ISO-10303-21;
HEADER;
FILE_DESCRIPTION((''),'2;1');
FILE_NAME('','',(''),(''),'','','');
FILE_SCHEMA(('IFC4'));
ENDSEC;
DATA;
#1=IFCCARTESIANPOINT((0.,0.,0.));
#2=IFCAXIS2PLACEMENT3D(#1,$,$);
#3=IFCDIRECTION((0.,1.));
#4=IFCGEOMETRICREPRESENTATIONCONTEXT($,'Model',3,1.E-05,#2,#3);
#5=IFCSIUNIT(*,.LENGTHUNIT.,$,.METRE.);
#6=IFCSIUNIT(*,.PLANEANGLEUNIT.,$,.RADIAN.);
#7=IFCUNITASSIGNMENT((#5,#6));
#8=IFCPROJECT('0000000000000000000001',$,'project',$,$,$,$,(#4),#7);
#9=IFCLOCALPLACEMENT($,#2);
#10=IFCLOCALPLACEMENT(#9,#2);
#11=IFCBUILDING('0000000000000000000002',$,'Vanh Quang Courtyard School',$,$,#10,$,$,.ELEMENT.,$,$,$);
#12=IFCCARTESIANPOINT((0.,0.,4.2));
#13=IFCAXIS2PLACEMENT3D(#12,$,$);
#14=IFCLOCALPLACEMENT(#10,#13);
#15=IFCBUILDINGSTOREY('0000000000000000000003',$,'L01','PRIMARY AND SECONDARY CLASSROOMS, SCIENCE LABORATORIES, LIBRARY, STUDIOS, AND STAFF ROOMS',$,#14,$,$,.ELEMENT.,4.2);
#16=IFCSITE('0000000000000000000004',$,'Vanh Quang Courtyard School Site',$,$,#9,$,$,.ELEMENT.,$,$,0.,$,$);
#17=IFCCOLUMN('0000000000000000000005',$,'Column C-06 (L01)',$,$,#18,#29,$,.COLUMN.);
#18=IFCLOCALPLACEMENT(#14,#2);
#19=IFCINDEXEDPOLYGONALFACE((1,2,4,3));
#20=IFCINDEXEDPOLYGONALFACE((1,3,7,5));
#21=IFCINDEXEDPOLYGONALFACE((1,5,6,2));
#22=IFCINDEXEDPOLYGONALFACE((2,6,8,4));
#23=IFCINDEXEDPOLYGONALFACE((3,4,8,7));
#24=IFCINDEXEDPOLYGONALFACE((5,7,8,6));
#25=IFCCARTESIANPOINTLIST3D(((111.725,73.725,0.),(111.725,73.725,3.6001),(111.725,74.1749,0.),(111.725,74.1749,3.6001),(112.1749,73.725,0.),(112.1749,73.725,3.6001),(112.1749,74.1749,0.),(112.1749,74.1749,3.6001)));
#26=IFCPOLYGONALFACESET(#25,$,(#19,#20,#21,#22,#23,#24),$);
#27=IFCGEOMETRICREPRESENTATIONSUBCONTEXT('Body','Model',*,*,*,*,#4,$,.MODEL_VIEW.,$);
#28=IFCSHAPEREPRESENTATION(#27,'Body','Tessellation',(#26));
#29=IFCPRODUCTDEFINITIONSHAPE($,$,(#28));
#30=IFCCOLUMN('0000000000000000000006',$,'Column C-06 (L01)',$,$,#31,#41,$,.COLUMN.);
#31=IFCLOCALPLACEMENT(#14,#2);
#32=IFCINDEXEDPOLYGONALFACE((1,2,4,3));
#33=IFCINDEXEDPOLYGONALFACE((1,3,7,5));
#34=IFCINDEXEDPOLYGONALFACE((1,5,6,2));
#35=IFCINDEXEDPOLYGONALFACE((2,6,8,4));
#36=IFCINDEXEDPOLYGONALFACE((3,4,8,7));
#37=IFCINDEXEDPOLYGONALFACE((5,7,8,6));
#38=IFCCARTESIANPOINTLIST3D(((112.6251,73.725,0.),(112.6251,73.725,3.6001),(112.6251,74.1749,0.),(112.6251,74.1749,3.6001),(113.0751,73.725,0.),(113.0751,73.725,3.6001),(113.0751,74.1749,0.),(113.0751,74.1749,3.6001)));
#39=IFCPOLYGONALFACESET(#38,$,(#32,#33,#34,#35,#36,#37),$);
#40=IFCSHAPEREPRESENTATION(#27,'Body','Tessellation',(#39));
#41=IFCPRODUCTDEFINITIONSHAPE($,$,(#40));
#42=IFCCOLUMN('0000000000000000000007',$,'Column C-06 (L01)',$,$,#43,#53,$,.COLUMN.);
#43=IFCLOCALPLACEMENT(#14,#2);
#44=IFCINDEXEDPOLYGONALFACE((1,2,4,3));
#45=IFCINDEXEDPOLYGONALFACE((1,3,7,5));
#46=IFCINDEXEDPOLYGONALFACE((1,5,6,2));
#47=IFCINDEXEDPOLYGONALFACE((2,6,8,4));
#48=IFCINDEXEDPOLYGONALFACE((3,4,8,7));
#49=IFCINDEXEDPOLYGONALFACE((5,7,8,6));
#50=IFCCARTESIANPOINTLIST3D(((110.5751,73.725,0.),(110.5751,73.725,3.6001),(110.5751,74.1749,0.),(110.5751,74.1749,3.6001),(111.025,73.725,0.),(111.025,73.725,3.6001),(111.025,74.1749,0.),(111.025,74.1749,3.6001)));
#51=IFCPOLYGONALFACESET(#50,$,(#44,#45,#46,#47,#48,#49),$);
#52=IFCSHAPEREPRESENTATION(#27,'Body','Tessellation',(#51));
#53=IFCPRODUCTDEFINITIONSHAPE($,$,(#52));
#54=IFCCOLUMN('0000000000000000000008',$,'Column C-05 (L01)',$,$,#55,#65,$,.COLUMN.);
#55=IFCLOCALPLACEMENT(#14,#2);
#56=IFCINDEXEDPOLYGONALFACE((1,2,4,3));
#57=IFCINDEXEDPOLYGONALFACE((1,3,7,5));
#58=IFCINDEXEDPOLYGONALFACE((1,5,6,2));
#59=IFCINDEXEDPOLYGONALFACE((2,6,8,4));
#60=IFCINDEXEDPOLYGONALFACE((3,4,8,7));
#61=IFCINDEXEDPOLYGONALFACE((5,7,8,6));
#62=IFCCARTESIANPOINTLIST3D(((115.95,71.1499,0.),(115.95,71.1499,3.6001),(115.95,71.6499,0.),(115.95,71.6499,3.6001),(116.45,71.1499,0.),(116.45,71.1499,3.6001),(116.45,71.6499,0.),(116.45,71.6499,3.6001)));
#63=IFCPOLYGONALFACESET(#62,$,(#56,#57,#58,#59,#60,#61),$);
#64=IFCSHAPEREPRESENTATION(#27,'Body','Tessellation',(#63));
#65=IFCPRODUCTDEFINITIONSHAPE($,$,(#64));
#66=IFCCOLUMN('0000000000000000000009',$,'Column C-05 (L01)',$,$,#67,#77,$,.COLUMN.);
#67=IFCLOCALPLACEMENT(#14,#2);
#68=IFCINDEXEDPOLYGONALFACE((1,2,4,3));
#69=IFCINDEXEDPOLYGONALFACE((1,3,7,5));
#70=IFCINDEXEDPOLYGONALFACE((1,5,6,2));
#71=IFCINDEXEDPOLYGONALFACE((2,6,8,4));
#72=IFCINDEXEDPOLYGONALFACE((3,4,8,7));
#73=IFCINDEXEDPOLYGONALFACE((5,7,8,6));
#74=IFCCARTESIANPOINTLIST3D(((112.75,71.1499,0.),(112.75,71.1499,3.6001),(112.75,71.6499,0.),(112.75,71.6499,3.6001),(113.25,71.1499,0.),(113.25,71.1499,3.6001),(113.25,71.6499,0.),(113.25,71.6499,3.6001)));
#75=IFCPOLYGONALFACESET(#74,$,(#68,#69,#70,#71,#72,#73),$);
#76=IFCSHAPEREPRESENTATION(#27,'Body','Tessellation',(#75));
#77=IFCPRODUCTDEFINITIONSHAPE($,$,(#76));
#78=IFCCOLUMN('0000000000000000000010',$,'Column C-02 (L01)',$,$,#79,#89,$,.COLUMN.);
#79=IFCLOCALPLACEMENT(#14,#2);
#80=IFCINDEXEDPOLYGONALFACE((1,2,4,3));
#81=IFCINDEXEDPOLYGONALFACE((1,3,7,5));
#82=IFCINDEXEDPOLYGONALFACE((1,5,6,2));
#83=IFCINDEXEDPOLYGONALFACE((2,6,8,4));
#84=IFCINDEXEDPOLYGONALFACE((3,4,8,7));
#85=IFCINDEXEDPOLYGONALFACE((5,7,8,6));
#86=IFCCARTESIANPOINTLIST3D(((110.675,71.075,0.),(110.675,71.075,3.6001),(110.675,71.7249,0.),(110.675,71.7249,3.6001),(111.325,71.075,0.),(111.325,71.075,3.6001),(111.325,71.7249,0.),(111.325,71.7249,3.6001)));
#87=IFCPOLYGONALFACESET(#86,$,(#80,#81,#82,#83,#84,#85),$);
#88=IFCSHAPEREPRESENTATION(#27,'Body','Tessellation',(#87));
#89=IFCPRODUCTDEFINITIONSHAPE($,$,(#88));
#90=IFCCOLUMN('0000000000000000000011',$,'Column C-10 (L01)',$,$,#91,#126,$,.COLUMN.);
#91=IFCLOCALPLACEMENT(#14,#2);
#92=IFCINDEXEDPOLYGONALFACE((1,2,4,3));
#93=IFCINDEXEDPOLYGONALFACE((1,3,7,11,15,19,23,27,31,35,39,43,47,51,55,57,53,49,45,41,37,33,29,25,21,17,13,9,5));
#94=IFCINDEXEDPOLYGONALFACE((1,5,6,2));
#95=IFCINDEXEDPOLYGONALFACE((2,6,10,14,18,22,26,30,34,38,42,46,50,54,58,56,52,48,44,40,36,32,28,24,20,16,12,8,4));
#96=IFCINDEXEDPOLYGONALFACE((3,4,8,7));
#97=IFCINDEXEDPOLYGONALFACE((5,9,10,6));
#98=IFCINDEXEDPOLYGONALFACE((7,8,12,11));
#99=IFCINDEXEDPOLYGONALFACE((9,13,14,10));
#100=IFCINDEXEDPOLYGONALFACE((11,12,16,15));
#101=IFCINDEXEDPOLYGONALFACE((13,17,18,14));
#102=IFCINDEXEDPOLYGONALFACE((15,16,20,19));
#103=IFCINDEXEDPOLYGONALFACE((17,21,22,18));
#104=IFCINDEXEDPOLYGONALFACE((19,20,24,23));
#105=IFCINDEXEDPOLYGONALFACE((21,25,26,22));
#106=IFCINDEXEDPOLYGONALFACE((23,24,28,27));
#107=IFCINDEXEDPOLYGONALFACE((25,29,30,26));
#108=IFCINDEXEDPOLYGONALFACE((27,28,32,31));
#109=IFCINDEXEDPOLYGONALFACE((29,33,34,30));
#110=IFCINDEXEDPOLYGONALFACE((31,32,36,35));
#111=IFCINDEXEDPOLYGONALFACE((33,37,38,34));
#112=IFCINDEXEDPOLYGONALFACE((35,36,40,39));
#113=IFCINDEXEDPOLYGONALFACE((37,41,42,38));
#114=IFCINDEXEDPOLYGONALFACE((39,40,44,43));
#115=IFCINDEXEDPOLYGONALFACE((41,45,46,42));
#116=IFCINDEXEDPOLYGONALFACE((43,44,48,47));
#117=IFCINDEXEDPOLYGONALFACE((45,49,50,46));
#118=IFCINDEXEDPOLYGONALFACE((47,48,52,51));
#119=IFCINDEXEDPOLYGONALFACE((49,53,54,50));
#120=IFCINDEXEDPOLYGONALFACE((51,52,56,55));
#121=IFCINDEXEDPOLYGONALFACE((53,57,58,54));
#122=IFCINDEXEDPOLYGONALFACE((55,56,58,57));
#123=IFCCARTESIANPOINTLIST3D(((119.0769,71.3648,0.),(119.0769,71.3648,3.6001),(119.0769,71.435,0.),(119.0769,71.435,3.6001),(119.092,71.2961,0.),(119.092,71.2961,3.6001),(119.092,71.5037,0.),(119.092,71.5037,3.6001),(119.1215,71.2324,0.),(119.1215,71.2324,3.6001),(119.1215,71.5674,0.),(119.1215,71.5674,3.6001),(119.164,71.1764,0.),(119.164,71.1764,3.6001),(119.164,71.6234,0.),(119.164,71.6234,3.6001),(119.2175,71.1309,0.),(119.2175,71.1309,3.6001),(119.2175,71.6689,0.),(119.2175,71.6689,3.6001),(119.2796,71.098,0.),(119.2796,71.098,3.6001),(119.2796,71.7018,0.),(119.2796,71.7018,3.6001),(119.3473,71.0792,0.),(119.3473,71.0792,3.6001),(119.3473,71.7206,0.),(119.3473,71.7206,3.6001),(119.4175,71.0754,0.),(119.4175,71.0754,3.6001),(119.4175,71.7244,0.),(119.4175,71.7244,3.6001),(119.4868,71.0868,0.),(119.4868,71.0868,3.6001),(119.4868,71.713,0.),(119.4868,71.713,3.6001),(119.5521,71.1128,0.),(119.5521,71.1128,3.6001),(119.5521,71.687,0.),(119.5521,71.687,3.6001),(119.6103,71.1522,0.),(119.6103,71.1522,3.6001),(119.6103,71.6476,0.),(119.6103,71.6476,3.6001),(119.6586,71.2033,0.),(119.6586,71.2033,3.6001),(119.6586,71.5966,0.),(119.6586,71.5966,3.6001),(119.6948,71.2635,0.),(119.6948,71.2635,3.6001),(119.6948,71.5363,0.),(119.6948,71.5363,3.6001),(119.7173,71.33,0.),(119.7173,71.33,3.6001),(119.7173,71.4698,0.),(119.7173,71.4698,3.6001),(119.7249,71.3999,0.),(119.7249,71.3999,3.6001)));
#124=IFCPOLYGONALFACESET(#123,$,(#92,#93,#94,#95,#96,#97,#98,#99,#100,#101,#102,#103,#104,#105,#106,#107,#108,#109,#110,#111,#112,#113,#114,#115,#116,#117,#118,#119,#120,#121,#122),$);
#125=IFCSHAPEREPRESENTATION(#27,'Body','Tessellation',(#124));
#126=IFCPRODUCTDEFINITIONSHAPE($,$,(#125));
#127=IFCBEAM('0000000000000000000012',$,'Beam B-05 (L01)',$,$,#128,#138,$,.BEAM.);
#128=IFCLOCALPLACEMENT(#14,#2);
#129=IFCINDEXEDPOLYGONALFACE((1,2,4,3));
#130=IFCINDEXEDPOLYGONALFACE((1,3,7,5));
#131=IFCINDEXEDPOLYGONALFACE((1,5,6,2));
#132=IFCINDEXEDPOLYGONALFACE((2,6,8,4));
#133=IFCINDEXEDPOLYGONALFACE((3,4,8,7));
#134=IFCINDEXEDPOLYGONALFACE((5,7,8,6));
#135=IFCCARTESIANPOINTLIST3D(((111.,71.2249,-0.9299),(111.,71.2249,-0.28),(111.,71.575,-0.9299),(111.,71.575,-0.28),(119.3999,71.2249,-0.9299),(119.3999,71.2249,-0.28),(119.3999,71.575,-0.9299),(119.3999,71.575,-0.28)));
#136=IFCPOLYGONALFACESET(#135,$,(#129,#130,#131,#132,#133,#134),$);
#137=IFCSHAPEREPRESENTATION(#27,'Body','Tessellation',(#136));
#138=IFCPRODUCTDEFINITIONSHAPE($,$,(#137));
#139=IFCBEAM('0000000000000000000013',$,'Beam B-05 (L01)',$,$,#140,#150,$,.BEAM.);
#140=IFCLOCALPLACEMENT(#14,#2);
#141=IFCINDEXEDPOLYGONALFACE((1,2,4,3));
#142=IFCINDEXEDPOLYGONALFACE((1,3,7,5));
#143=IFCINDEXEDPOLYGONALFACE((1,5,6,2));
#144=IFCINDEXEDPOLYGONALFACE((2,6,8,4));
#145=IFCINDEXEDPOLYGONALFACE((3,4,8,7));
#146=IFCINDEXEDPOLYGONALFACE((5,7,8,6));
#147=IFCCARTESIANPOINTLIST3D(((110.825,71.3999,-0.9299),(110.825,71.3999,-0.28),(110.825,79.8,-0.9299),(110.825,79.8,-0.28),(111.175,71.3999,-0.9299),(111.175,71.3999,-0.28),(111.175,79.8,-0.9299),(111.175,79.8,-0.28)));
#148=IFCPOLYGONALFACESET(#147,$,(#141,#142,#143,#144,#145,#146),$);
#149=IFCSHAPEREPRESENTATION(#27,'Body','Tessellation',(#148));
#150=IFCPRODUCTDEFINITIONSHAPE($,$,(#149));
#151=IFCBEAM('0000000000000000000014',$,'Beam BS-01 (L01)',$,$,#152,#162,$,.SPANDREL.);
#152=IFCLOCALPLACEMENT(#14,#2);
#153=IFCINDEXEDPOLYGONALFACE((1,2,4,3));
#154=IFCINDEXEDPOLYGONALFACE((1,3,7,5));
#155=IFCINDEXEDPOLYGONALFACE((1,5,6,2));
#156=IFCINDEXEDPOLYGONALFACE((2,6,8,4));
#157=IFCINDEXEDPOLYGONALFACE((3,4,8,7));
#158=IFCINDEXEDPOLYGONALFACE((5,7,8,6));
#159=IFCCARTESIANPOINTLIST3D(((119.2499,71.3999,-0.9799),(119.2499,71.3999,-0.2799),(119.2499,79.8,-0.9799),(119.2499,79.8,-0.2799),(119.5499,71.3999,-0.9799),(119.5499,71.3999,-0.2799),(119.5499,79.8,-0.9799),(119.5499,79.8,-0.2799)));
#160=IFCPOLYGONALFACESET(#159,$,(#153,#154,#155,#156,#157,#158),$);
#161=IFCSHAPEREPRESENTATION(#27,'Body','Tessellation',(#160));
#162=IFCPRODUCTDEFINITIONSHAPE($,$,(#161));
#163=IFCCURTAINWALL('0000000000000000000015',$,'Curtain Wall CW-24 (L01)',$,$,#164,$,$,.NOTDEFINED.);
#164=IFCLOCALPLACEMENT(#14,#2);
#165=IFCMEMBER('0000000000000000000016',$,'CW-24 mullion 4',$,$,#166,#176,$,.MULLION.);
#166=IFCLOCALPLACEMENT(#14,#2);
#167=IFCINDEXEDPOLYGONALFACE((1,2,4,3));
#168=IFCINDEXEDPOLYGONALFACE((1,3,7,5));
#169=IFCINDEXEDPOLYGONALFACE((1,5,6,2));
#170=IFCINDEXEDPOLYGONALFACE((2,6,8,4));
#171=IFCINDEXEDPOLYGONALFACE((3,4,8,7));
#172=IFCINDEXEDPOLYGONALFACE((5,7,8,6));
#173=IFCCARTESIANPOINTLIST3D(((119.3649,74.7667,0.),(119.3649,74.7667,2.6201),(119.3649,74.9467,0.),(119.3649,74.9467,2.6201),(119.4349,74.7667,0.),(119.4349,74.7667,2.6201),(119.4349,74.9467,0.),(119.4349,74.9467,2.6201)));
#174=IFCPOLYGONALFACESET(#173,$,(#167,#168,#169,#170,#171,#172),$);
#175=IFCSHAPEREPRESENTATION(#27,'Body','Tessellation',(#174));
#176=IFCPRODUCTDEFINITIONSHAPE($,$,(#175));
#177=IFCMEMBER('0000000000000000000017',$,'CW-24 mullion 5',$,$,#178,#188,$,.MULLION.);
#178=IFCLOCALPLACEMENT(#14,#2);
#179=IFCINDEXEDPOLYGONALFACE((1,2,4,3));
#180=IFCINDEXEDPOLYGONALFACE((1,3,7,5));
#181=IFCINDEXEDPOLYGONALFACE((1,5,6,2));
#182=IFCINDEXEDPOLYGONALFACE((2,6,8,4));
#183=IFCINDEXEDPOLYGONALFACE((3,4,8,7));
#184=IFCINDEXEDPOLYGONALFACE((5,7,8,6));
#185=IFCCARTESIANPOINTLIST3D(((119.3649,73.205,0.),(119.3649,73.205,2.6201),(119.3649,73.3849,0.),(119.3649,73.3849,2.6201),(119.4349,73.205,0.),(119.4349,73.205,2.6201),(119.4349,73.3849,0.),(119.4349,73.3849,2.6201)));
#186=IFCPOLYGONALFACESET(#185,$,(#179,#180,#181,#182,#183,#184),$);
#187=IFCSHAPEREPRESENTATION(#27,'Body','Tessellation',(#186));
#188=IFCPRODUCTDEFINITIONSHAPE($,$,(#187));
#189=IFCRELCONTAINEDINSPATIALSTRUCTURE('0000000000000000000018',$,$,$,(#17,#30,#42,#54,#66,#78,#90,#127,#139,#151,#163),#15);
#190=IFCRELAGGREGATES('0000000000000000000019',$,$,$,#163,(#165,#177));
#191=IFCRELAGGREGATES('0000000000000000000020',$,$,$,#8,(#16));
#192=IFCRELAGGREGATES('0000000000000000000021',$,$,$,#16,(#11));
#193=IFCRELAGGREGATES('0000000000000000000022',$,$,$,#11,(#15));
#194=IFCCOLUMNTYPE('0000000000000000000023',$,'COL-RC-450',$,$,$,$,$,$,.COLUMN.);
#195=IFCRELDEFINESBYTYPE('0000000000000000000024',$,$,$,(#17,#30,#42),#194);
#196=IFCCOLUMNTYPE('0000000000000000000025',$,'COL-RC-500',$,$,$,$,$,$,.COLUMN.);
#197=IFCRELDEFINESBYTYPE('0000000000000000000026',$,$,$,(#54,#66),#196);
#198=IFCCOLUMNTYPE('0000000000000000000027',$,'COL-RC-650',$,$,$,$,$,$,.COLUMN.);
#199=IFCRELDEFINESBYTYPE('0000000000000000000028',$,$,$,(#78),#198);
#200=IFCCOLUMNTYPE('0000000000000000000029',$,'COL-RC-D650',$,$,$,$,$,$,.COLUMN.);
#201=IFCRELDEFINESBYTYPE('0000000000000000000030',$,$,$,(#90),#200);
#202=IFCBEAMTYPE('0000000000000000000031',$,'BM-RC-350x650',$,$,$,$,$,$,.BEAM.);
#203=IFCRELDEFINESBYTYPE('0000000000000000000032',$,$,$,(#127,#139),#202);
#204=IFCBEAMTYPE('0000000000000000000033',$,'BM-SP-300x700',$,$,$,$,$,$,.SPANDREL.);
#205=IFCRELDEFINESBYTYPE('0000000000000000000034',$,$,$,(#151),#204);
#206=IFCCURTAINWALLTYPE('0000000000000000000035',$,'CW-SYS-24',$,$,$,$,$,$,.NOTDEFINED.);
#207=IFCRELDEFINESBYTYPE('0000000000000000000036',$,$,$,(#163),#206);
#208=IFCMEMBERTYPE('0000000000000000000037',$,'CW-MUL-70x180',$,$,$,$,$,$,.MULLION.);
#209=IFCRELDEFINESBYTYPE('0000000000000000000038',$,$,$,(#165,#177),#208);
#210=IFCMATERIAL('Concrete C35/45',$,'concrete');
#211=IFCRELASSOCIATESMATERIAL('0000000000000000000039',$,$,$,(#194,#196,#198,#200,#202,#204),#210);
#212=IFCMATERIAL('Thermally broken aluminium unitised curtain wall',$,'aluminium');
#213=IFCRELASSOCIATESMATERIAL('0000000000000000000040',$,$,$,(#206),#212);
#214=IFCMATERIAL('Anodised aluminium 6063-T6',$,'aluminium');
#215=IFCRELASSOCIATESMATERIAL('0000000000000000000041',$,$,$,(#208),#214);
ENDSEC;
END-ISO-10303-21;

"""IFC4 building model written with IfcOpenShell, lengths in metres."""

from ifc_helpers import new_model, si_unit, direction, frame, origin, origin_2d, place, context, subcontext, project, spatial, rectangle, circle, extrude, material, material_profile, profile_set, type_object, element, aggregate, save


model = new_model("IFC4")

# Units and contexts
model_context = context("Model", 3, precision=1e-05, world=origin(), true_north=direction((0.0, 1.0)))
body_context = subcontext(model_context, "Body", "Model", "MODEL_VIEW")
ifc_project = project(units=[si_unit("LENGTHUNIT", "METRE"), si_unit("PLANEANGLEUNIT", "RADIAN")], contexts=[model_context])

# Site, building, storey
site_placement = place(None, origin())
site = spatial("IfcSite", under=ifc_project, at=site_placement, Name="Vanh Quang Courtyard School Site", CompositionType="ELEMENT", RefElevation=0.0)
building_placement = place(site_placement, origin())
building = spatial("IfcBuilding", under=site, at=building_placement, Name="Vanh Quang Courtyard School", CompositionType="ELEMENT")
storey_placement = place(building_placement, frame((0.0, 0.0, 4.2)))
storey = spatial("IfcBuildingStorey", under=building, at=storey_placement, Name="L01", Description="PRIMARY AND SECONDARY CLASSROOMS, SCIENCE LABORATORIES, LIBRARY, STUDIOS, AND STAFF ROOMS", CompositionType="ELEMENT", Elevation=4.2)

# Columns
ifc_material_1 = material(Name="Concrete C35/45", Category="concrete")
ifc_material_profile_1 = material_profile(ifc_material_1, rectangle(XDim=0.45, YDim=0.45, at=origin_2d()), Name="RC-COL 450x450")
ifc_profile_set_1 = profile_set([ifc_material_profile_1], Name="Concrete C35/45")
column_type_1 = type_object("IfcColumnType", Name="COL-RC-450", PredefinedType="COLUMN", material=ifc_profile_set_1)
for number, where, z_axis, x_axis, name in (
    (1, (111.95, 73.95, 0.0), (0.0, 0.0, 1.0), (1.0, 0.0, 0.0), "Column C-06 (L01)"),
    (2, (112.8501, 73.95, 0.0), (0.0, 0.0, 1.0), (1.0, 0.0, 0.0), "Column C-06 (L01)"),
    (3, (110.8, 73.95, 0.0), (0.0, 0.0, 1.0), (1.0, 0.0, 0.0), "Column C-06 (L01)"),
):
    element("IfcColumn", number, at=place(storey_placement, frame(where, z_axis=z_axis, x_axis=x_axis)), inside=storey, type_object=column_type_1, Name=name, PredefinedType="COLUMN", context=body_context, shape_type="SweptSolid", body=[
        extrude(rectangle(XDim=0.45, YDim=0.45, at=origin_2d()), origin(), (0.0, 0.0, 1.0), 3.6001),
    ])
ifc_material_profile_2 = material_profile(ifc_material_1, rectangle(XDim=0.5, YDim=0.5, at=origin_2d()), Name="RC-COL 500x500")
ifc_profile_set_2 = profile_set([ifc_material_profile_2], Name="Concrete C35/45")
column_type_2 = type_object("IfcColumnType", Name="COL-RC-500", PredefinedType="COLUMN", material=ifc_profile_set_2)
for number, where, z_axis, x_axis, name in (
    (4, (116.2, 71.3999, 0.0), (0.0, 0.0, 1.0), (1.0, 0.0, 0.0), "Column C-05 (L01)"),
    (5, (113.0, 71.3999, 0.0), (0.0, 0.0, 1.0), (1.0, 0.0, 0.0), "Column C-05 (L01)"),
):
    element("IfcColumn", number, at=place(storey_placement, frame(where, z_axis=z_axis, x_axis=x_axis)), inside=storey, type_object=column_type_2, Name=name, PredefinedType="COLUMN", context=body_context, shape_type="SweptSolid", body=[
        extrude(rectangle(XDim=0.5, YDim=0.5, at=origin_2d()), origin(), (0.0, 0.0, 1.0), 3.6001),
    ])
ifc_material_profile_3 = material_profile(ifc_material_1, rectangle(XDim=0.6499, YDim=0.6499, at=origin_2d()), Name="RC-COL 650x650")
ifc_profile_set_3 = profile_set([ifc_material_profile_3], Name="Concrete C35/45")
column_type_3 = type_object("IfcColumnType", Name="COL-RC-650", PredefinedType="COLUMN", material=ifc_profile_set_3)
column_1_placement = place(storey_placement, frame((111.0, 71.3999, 0.0), z_axis=(0.0, 0.0, 1.0), x_axis=(1.0, 0.0, 0.0)))
element("IfcColumn", 6, at=column_1_placement, inside=storey, type_object=column_type_3, Name="Column C-02 (L01)", PredefinedType="COLUMN", context=body_context, shape_type="SweptSolid", body=[
    extrude(rectangle(XDim=0.6499, YDim=0.6499, at=origin_2d()), origin(), (0.0, 0.0, 1.0), 3.6001),
])
ifc_material_profile_4 = material_profile(ifc_material_1, circle(Radius=0.325, at=origin_2d()), Name="RC-COL D650")
ifc_profile_set_4 = profile_set([ifc_material_profile_4], Name="Concrete C35/45")
column_type_4 = type_object("IfcColumnType", Name="COL-RC-D650", PredefinedType="COLUMN", material=ifc_profile_set_4)
column_2_placement = place(storey_placement, frame((119.3999, 71.3999, 0.0), z_axis=(0.0, 0.0, 1.0), x_axis=(1.0, 0.0, 0.0)))
element("IfcColumn", 7, at=column_2_placement, inside=storey, type_object=column_type_4, Name="Column C-10 (L01)", PredefinedType="COLUMN", context=body_context, shape_type="SweptSolid", body=[
    extrude(circle(Radius=0.325, at=origin_2d()), origin(), (0.0, 0.0, 1.0), 3.6001),
])

# Beams
ifc_material_profile_5 = material_profile(ifc_material_1, rectangle(XDim=0.3501, YDim=0.6499, at=origin_2d()), Name="RC-BM 350x650")
ifc_profile_set_5 = profile_set([ifc_material_profile_5], Name="Concrete C35/45")
beam_type_1 = type_object("IfcBeamType", Name="BM-RC-350x650", PredefinedType="BEAM", material=ifc_profile_set_5)
beam_1_placement = place(storey_placement, frame((111.0, 71.3999, -0.605), z_axis=(1.0, 0.0, 0.0), x_axis=(0.0, 1.0, 0.0)))
element("IfcBeam", 8, at=beam_1_placement, inside=storey, type_object=beam_type_1, Name="Beam B-05 (L01)", PredefinedType="BEAM", context=body_context, shape_type="SweptSolid", body=[
    extrude(rectangle(XDim=0.3501, YDim=0.6499, at=origin_2d()), origin(), (0.0, 0.0, 1.0), 8.3999),
])
beam_2_placement = place(storey_placement, frame((111.0, 71.3999, -0.605), z_axis=(0.0, 1.0, 0.0), x_axis=(-1.0, 0.0, 0.0)))
element("IfcBeam", 9, at=beam_2_placement, inside=storey, type_object=beam_type_1, Name="Beam B-05 (L01)", PredefinedType="BEAM", context=body_context, shape_type="SweptSolid", body=[
    extrude(rectangle(XDim=0.3501, YDim=0.6499, at=origin_2d()), origin(), (0.0, 0.0, 1.0), 8.4001),
])
ifc_material_profile_6 = material_profile(ifc_material_1, rectangle(XDim=0.3, YDim=0.7, at=origin_2d()), Name="RC-SP 300x700")
ifc_profile_set_6 = profile_set([ifc_material_profile_6], Name="Concrete C35/45")
beam_type_2 = type_object("IfcBeamType", Name="BM-SP-300x700", PredefinedType="SPANDREL", material=ifc_profile_set_6)
beam_3_placement = place(storey_placement, frame((119.3999, 71.3999, -0.6299), z_axis=(0.0, 1.0, 0.0), x_axis=(-1.0, 0.0, 0.0)))
element("IfcBeam", 10, at=beam_3_placement, inside=storey, type_object=beam_type_2, Name="Beam BS-01 (L01)", PredefinedType="SPANDREL", context=body_context, shape_type="SweptSolid", body=[
    extrude(rectangle(XDim=0.3, YDim=0.7, at=origin_2d()), origin(), (0.0, 0.0, 1.0), 8.4001),
])

# Curtain wall, members
ifc_material_2 = material(Name="Thermally broken aluminium unitised curtain wall", Category="aluminium")
curtain_wall_type = type_object("IfcCurtainWallType", Name="CW-SYS-24", PredefinedType="NOTDEFINED", material=ifc_material_2)
curtain_wall_placement = place(storey_placement, origin())
curtain_wall = element("IfcCurtainWall", 11, at=curtain_wall_placement, inside=storey, type_object=curtain_wall_type, Name="Curtain Wall CW-24 (L01)", PredefinedType="NOTDEFINED")
ifc_material_3 = material(Name="Anodised aluminium 6063-T6", Category="aluminium")
ifc_material_profile_7 = material_profile(ifc_material_3, rectangle(XDim=0.0701, YDim=0.1799, at=origin_2d()), Name="ALU-MUL 70x180")
ifc_profile_set_7 = profile_set([ifc_material_profile_7], Name="Anodised aluminium 6063-T6")
member_type_1 = type_object("IfcMemberType", Name="CW-MUL-70x180", PredefinedType="MULLION", material=ifc_profile_set_7)
member_1_placement = place(storey_placement, frame((119.3999, 74.8567, 0.0), z_axis=(0.0, 0.0, 1.0), x_axis=(1.0, 0.0, 0.0)))
member_1 = element("IfcMember", 12, at=member_1_placement, type_object=member_type_1, Name="CW-24 mullion 4", PredefinedType="MULLION", context=body_context, shape_type="SweptSolid", body=[
    extrude(rectangle(XDim=0.0701, YDim=0.1799, at=origin_2d()), origin(), (0.0, 0.0, 1.0), 2.6201),
])
member_2_placement = place(storey_placement, frame((119.3999, 73.2949, 0.0), z_axis=(0.0, 0.0, 1.0), x_axis=(1.0, 0.0, 0.0)))
member_2 = element("IfcMember", 13, at=member_2_placement, type_object=member_type_1, Name="CW-24 mullion 5", PredefinedType="MULLION", context=body_context, shape_type="SweptSolid", body=[
    extrude(rectangle(XDim=0.0701, YDim=0.1799, at=origin_2d()), origin(), (0.0, 0.0, 1.0), 2.6201),
])

aggregate(curtain_wall, [member_1, member_2])

save(model, "model.ifc")
